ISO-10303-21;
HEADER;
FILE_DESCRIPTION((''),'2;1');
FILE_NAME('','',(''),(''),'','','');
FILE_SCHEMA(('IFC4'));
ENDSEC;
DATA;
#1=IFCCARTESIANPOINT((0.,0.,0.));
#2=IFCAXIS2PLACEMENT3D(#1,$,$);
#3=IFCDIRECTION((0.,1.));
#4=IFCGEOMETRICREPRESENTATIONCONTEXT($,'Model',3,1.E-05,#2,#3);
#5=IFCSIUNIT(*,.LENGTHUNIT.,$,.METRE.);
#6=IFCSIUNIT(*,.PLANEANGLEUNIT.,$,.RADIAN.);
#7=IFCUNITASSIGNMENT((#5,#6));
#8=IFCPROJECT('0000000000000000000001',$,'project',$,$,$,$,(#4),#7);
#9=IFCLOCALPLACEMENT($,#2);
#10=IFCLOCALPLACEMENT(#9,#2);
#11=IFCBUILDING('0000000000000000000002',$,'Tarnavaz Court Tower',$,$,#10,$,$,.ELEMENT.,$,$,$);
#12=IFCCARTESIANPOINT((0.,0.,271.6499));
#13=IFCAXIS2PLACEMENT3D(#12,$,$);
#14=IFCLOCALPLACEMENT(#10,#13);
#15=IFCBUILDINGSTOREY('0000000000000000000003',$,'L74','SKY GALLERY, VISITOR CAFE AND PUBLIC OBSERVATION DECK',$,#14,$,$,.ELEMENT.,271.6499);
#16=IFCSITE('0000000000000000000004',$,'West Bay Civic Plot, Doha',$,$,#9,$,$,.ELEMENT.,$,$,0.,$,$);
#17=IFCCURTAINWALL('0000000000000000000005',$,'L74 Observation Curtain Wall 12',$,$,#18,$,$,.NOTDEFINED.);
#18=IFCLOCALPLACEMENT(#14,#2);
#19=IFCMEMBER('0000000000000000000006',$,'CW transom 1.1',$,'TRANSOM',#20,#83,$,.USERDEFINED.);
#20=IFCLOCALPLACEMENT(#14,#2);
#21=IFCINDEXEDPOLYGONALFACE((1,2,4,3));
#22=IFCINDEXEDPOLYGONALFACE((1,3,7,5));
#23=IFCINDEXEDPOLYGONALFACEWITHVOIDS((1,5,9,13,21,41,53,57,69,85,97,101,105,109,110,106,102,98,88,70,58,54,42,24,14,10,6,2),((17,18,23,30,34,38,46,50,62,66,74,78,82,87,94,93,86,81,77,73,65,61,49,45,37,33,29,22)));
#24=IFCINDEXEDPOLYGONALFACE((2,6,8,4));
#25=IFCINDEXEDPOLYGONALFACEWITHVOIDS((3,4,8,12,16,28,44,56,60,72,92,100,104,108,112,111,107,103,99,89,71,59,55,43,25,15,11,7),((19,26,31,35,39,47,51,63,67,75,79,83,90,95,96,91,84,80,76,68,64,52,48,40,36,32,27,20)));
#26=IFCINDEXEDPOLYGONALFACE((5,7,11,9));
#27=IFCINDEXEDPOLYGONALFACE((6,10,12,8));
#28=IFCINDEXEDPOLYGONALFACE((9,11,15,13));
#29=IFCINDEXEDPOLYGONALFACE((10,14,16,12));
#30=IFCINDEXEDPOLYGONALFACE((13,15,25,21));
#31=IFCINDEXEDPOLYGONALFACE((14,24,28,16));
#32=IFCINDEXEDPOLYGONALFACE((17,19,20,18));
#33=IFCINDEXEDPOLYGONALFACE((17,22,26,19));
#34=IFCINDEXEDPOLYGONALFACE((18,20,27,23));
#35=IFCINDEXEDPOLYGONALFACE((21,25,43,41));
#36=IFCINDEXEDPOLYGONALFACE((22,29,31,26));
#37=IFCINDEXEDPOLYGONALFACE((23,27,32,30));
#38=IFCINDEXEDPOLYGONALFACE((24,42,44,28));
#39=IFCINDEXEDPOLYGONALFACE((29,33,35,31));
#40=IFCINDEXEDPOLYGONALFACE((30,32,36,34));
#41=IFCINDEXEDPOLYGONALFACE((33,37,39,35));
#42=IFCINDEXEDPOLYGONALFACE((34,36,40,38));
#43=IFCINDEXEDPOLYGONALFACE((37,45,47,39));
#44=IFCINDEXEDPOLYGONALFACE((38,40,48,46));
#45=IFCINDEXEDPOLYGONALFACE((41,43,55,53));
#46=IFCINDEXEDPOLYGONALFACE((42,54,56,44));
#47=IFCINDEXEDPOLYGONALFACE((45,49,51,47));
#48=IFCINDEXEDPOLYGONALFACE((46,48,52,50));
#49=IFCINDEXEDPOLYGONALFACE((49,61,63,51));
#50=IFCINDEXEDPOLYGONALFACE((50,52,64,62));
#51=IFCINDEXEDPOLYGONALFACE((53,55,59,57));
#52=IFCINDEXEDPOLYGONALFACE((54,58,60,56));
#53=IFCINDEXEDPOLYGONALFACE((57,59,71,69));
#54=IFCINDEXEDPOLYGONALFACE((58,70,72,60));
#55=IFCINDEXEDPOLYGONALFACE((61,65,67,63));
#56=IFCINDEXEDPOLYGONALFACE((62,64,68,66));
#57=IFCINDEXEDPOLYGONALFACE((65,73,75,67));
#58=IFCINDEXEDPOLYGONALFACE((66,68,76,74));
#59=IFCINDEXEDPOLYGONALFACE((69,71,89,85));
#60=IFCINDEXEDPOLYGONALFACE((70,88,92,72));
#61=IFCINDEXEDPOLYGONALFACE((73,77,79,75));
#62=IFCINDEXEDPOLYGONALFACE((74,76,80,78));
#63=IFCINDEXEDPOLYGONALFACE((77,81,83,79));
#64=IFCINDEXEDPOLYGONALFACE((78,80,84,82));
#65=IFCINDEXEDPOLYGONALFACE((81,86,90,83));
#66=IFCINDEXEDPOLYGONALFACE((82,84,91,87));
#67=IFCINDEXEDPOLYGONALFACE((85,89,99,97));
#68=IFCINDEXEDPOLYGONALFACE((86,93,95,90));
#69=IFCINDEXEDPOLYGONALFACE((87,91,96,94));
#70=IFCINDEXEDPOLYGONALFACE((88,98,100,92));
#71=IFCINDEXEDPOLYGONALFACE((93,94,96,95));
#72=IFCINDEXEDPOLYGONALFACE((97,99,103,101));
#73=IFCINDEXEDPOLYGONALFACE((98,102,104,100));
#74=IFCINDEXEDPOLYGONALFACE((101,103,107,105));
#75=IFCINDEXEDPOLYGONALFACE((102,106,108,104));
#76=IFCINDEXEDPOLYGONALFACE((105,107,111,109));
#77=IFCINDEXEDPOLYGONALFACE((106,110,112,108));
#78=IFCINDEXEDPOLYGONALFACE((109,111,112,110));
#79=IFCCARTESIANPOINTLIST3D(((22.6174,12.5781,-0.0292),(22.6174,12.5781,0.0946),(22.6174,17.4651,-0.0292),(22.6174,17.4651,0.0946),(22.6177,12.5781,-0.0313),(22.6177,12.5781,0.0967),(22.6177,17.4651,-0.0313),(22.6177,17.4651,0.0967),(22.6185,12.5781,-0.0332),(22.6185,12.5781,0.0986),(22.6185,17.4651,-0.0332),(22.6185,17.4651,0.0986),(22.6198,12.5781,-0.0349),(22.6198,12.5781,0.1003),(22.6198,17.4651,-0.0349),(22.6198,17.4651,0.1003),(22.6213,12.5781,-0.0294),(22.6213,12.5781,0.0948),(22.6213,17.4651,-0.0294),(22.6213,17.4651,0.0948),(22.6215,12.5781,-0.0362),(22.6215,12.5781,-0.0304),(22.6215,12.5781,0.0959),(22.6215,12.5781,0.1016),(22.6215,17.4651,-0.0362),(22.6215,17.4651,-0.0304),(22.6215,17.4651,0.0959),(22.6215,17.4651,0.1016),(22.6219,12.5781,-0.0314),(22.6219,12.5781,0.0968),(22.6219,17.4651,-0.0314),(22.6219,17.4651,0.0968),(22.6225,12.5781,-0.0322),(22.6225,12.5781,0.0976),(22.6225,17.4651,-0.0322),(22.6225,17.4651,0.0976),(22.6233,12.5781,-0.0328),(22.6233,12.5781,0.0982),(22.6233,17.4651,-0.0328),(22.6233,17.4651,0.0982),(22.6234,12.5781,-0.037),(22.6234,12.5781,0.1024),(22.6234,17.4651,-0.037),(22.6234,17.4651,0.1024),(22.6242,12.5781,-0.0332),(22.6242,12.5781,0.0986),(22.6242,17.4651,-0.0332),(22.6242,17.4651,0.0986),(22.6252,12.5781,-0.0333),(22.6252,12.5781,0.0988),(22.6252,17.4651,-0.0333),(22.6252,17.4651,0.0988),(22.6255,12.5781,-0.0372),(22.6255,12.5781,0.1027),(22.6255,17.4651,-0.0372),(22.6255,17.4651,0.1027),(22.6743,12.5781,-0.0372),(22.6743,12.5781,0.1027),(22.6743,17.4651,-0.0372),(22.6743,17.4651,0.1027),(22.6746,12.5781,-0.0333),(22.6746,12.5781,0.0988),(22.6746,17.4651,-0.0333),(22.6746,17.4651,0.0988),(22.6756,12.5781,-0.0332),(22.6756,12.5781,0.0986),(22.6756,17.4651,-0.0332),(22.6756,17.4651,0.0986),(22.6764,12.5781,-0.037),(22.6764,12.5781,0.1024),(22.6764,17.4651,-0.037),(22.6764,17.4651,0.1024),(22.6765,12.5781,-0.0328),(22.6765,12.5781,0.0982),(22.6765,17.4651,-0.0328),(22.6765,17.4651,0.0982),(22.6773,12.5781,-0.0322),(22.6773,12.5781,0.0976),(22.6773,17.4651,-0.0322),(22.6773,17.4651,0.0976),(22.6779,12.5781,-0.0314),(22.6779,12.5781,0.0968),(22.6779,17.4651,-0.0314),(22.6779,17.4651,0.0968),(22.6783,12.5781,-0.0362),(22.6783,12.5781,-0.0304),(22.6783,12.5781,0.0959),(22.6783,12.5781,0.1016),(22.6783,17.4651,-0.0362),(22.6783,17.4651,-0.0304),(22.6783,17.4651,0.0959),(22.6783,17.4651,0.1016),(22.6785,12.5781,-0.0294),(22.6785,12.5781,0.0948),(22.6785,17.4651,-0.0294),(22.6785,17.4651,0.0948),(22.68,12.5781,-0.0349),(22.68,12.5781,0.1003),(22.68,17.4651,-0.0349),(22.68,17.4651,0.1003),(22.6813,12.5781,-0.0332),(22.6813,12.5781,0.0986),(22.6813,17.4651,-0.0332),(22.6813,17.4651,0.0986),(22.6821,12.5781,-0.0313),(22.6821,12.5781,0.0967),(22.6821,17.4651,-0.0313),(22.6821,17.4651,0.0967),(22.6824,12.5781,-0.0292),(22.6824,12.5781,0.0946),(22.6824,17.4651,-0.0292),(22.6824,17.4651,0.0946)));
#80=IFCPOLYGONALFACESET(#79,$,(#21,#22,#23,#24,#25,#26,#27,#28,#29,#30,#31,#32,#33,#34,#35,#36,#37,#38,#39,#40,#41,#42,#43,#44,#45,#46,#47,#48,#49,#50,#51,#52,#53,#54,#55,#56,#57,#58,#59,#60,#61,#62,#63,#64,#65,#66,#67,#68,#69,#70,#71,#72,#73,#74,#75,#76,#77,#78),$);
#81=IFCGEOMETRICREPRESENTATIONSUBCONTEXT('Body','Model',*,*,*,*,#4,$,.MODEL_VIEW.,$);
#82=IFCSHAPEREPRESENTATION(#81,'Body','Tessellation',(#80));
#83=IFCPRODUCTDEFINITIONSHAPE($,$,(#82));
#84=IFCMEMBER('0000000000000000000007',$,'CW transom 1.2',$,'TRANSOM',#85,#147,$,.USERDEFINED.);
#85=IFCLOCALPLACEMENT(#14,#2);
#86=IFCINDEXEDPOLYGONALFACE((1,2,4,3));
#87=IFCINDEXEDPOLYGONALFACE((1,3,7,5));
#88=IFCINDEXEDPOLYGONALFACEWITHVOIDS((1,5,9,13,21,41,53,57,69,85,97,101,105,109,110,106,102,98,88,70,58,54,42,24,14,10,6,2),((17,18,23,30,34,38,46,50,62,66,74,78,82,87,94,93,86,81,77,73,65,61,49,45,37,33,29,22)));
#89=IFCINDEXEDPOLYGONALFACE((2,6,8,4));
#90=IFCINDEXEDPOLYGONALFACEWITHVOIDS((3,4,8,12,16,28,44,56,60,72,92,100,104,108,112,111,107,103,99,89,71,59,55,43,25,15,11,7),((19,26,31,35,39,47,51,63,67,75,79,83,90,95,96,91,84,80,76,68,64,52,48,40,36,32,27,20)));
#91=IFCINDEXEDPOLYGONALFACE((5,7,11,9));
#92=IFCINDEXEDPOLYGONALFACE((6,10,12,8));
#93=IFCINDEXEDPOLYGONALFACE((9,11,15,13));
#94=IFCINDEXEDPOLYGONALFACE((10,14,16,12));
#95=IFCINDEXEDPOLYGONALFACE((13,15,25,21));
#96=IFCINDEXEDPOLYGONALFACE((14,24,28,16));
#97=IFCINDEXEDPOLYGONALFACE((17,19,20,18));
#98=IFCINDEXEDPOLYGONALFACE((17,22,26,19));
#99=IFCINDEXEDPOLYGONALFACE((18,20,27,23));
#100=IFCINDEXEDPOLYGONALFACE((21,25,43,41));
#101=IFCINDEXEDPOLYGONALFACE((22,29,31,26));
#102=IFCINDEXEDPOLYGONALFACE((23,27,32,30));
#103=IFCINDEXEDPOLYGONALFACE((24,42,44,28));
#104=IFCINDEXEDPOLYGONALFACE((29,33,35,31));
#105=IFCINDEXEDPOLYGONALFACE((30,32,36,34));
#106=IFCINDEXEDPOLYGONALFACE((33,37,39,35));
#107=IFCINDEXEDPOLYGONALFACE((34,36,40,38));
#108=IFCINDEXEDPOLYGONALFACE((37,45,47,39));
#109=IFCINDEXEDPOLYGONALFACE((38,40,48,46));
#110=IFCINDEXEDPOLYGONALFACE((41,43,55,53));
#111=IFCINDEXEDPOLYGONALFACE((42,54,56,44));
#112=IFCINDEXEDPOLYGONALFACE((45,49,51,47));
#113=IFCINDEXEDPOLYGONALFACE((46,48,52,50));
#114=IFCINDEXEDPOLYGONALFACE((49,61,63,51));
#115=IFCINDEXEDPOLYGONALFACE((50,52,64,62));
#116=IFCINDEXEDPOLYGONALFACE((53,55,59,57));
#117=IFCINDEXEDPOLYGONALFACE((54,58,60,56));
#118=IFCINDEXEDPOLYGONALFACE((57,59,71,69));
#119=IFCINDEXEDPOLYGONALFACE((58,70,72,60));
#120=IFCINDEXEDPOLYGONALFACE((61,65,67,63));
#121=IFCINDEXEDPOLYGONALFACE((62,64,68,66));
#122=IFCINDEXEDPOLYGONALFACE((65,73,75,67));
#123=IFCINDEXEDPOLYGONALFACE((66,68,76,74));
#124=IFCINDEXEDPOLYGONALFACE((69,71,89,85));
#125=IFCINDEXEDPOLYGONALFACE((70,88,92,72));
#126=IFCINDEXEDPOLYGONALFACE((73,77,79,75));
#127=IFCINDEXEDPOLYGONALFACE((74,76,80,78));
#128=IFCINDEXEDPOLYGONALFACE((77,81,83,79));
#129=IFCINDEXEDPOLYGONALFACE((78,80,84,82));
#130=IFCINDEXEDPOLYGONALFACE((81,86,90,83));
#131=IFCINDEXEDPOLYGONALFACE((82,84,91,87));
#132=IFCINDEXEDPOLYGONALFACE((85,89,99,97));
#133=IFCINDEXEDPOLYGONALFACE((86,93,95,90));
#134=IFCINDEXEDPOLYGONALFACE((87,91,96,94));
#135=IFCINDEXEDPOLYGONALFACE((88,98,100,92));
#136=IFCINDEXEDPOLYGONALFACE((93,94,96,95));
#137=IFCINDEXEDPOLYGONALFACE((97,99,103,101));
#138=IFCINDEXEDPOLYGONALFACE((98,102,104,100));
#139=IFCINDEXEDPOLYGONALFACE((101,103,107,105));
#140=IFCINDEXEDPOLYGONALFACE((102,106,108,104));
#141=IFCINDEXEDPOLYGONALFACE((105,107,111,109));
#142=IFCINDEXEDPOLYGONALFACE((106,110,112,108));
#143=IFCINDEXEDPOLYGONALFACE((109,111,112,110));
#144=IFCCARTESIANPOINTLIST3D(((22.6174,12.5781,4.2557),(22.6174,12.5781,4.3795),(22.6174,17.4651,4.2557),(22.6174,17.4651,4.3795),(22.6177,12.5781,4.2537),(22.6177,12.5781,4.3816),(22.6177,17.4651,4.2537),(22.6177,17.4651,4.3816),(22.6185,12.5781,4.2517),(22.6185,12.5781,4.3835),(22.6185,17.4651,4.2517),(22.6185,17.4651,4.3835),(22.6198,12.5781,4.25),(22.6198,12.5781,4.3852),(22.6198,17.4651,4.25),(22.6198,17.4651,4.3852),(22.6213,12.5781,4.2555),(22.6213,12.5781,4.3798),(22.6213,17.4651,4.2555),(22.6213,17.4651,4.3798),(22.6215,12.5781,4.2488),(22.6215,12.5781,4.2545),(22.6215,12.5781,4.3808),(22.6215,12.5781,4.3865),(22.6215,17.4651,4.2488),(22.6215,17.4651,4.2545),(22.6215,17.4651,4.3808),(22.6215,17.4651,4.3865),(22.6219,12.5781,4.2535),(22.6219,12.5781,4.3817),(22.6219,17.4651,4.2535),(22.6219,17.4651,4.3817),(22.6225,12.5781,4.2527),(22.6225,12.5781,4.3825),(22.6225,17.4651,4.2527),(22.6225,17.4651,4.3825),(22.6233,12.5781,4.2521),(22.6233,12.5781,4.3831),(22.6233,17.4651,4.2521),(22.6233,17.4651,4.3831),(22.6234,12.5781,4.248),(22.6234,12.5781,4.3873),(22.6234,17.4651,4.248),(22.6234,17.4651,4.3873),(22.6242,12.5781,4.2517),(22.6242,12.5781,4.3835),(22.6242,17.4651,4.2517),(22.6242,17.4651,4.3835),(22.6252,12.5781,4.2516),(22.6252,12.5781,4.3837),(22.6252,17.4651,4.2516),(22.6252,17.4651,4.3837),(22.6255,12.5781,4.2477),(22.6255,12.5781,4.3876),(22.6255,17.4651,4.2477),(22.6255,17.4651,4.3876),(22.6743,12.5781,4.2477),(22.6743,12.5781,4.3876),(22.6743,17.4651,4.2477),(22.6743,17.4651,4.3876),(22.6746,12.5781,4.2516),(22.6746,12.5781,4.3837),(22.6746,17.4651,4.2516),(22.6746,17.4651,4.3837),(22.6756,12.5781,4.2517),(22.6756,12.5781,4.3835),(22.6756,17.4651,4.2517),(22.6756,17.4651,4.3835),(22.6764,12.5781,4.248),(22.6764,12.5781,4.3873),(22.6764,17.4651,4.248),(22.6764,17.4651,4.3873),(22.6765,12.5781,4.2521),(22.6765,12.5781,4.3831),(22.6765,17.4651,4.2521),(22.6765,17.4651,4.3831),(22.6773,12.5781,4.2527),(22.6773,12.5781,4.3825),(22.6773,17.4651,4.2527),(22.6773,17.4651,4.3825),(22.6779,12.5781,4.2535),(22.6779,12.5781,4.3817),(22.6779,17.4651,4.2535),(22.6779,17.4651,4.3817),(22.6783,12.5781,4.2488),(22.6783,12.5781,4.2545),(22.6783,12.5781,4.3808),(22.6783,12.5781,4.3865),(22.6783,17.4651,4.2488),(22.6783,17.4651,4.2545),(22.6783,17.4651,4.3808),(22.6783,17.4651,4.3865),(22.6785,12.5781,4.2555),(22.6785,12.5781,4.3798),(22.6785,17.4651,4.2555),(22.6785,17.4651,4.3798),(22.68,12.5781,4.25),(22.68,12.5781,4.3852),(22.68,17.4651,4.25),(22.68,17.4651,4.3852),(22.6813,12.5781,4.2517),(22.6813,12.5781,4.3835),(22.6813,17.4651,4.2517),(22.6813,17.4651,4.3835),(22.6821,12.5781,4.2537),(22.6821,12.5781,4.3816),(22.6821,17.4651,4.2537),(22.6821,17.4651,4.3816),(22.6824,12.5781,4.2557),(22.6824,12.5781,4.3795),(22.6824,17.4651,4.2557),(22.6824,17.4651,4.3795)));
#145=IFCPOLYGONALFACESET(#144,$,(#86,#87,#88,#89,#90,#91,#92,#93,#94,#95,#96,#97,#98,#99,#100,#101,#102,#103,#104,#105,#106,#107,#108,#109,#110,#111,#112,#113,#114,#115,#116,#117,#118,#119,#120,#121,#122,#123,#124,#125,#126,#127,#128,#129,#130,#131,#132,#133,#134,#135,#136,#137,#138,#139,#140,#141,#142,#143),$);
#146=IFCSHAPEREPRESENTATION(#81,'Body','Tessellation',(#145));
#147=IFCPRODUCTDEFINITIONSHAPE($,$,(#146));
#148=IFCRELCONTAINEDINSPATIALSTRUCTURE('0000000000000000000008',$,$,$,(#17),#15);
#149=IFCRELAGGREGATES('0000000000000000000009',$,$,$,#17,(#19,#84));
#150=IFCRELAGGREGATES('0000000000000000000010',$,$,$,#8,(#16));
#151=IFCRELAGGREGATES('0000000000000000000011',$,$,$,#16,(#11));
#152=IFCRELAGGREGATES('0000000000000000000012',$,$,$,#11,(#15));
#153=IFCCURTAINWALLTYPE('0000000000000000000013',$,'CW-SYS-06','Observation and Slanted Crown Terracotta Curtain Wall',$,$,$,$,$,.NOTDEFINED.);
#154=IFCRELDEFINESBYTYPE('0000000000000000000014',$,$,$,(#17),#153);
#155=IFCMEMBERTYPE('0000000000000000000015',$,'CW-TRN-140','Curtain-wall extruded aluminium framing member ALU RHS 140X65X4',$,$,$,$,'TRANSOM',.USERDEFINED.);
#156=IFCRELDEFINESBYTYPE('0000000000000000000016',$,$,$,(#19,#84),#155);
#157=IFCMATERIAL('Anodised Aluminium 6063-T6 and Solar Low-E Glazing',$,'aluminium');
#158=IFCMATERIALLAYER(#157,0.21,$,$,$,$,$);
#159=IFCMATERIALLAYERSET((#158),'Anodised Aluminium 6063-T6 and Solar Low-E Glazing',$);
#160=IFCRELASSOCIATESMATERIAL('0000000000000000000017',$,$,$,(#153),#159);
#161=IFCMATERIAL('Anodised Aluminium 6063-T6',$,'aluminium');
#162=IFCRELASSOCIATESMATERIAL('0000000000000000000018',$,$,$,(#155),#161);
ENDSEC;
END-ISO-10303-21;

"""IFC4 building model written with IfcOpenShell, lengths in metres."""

from ifc_helpers import new_model, si_unit, direction, frame, origin, origin_2d, place, context, subcontext, project, spatial, hollow_rectangle, extrude, material, layer, layer_set, material_profile, profile_set, type_object, element, aggregate, save


model = new_model("IFC4")

# Units and contexts
model_context = context("Model", 3, precision=1e-05, world=origin(), true_north=direction((0.0, 1.0)))
body_context = subcontext(model_context, "Body", "Model", "MODEL_VIEW")
ifc_project = project(units=[si_unit("LENGTHUNIT", "METRE"), si_unit("PLANEANGLEUNIT", "RADIAN")], contexts=[model_context])

# Site, building, storey
site_placement = place(None, origin())
site = spatial("IfcSite", under=ifc_project, at=site_placement, Name="West Bay Civic Plot, Doha", CompositionType="ELEMENT", RefElevation=0.0)
building_placement = place(site_placement, origin())
building = spatial("IfcBuilding", under=site, at=building_placement, Name="Tarnavaz Court Tower", CompositionType="ELEMENT")
storey_placement = place(building_placement, frame((0.0, 0.0, 271.6499)))
storey = spatial("IfcBuildingStorey", under=building, at=storey_placement, Name="L74", Description="SKY GALLERY, VISITOR CAFE AND PUBLIC OBSERVATION DECK", CompositionType="ELEMENT", Elevation=271.6499)

# Curtain wall, members
ifc_material_1 = material(Name="Anodised Aluminium 6063-T6 and Solar Low-E Glazing", Category="aluminium")
ifc_layer_1 = layer(ifc_material_1, 0.21)
ifc_layer_set_1 = layer_set([ifc_layer_1], Name="Anodised Aluminium 6063-T6 and Solar Low-E Glazing")
curtain_wall_type = type_object("IfcCurtainWallType", Name="CW-SYS-06", Description="Observation and Slanted Crown Terracotta Curtain Wall", PredefinedType="NOTDEFINED", material=ifc_layer_set_1)
curtain_wall_placement = place(storey_placement, origin())
curtain_wall = element("IfcCurtainWall", 1, at=curtain_wall_placement, inside=storey, type_object=curtain_wall_type, Name="L74 Observation Curtain Wall 12", PredefinedType="NOTDEFINED")
ifc_material_2 = material(Name="Anodised Aluminium 6063-T6", Category="aluminium")
ifc_material_profile_1 = material_profile(ifc_material_2, hollow_rectangle(XDim=0.0649, YDim=0.1399, WallThickness=0.0039, InnerFilletRadius=0.0039, OuterFilletRadius=0.0081, at=origin_2d()), Name="ALU RHS 140X65X4")
ifc_profile_set_1 = profile_set([ifc_material_profile_1], Name="Anodised Aluminium 6063-T6")
member_type_1 = type_object("IfcMemberType", Name="CW-TRN-140", Description="Curtain-wall extruded aluminium framing member ALU RHS 140X65X4", ElementType="TRANSOM", PredefinedType="USERDEFINED", material=ifc_profile_set_1)
member_1_placement = place(storey_placement, frame((22.6499, 17.4651, 0.0327), z_axis=(0.0, -1.0, 0.0), x_axis=(1.0, 0.0, 0.0)))
member_1 = element("IfcMember", 2, at=member_1_placement, type_object=member_type_1, Name="CW transom 1.1", ObjectType="TRANSOM", PredefinedType="USERDEFINED", context=body_context, shape_type="SweptSolid", body=[
    extrude(hollow_rectangle(XDim=0.0649, YDim=0.1399, WallThickness=0.0039, InnerFilletRadius=0.0039, OuterFilletRadius=0.0081, at=origin_2d()), origin(), (0.0, 0.0, 1.0), 4.887),
])
member_2_placement = place(storey_placement, frame((22.6499, 17.4651, 4.3176), z_axis=(0.0, -1.0, 0.0), x_axis=(1.0, 0.0, 0.0)))
member_2 = element("IfcMember", 3, at=member_2_placement, type_object=member_type_1, Name="CW transom 1.2", ObjectType="TRANSOM", PredefinedType="USERDEFINED", context=body_context, shape_type="SweptSolid", body=[
    extrude(hollow_rectangle(XDim=0.0649, YDim=0.1399, WallThickness=0.0039, InnerFilletRadius=0.0039, OuterFilletRadius=0.0081, at=origin_2d()), origin(), (0.0, 0.0, 1.0), 4.887),
])
aggregate(curtain_wall, [member_1, member_2])

save(model, "model.ifc")
